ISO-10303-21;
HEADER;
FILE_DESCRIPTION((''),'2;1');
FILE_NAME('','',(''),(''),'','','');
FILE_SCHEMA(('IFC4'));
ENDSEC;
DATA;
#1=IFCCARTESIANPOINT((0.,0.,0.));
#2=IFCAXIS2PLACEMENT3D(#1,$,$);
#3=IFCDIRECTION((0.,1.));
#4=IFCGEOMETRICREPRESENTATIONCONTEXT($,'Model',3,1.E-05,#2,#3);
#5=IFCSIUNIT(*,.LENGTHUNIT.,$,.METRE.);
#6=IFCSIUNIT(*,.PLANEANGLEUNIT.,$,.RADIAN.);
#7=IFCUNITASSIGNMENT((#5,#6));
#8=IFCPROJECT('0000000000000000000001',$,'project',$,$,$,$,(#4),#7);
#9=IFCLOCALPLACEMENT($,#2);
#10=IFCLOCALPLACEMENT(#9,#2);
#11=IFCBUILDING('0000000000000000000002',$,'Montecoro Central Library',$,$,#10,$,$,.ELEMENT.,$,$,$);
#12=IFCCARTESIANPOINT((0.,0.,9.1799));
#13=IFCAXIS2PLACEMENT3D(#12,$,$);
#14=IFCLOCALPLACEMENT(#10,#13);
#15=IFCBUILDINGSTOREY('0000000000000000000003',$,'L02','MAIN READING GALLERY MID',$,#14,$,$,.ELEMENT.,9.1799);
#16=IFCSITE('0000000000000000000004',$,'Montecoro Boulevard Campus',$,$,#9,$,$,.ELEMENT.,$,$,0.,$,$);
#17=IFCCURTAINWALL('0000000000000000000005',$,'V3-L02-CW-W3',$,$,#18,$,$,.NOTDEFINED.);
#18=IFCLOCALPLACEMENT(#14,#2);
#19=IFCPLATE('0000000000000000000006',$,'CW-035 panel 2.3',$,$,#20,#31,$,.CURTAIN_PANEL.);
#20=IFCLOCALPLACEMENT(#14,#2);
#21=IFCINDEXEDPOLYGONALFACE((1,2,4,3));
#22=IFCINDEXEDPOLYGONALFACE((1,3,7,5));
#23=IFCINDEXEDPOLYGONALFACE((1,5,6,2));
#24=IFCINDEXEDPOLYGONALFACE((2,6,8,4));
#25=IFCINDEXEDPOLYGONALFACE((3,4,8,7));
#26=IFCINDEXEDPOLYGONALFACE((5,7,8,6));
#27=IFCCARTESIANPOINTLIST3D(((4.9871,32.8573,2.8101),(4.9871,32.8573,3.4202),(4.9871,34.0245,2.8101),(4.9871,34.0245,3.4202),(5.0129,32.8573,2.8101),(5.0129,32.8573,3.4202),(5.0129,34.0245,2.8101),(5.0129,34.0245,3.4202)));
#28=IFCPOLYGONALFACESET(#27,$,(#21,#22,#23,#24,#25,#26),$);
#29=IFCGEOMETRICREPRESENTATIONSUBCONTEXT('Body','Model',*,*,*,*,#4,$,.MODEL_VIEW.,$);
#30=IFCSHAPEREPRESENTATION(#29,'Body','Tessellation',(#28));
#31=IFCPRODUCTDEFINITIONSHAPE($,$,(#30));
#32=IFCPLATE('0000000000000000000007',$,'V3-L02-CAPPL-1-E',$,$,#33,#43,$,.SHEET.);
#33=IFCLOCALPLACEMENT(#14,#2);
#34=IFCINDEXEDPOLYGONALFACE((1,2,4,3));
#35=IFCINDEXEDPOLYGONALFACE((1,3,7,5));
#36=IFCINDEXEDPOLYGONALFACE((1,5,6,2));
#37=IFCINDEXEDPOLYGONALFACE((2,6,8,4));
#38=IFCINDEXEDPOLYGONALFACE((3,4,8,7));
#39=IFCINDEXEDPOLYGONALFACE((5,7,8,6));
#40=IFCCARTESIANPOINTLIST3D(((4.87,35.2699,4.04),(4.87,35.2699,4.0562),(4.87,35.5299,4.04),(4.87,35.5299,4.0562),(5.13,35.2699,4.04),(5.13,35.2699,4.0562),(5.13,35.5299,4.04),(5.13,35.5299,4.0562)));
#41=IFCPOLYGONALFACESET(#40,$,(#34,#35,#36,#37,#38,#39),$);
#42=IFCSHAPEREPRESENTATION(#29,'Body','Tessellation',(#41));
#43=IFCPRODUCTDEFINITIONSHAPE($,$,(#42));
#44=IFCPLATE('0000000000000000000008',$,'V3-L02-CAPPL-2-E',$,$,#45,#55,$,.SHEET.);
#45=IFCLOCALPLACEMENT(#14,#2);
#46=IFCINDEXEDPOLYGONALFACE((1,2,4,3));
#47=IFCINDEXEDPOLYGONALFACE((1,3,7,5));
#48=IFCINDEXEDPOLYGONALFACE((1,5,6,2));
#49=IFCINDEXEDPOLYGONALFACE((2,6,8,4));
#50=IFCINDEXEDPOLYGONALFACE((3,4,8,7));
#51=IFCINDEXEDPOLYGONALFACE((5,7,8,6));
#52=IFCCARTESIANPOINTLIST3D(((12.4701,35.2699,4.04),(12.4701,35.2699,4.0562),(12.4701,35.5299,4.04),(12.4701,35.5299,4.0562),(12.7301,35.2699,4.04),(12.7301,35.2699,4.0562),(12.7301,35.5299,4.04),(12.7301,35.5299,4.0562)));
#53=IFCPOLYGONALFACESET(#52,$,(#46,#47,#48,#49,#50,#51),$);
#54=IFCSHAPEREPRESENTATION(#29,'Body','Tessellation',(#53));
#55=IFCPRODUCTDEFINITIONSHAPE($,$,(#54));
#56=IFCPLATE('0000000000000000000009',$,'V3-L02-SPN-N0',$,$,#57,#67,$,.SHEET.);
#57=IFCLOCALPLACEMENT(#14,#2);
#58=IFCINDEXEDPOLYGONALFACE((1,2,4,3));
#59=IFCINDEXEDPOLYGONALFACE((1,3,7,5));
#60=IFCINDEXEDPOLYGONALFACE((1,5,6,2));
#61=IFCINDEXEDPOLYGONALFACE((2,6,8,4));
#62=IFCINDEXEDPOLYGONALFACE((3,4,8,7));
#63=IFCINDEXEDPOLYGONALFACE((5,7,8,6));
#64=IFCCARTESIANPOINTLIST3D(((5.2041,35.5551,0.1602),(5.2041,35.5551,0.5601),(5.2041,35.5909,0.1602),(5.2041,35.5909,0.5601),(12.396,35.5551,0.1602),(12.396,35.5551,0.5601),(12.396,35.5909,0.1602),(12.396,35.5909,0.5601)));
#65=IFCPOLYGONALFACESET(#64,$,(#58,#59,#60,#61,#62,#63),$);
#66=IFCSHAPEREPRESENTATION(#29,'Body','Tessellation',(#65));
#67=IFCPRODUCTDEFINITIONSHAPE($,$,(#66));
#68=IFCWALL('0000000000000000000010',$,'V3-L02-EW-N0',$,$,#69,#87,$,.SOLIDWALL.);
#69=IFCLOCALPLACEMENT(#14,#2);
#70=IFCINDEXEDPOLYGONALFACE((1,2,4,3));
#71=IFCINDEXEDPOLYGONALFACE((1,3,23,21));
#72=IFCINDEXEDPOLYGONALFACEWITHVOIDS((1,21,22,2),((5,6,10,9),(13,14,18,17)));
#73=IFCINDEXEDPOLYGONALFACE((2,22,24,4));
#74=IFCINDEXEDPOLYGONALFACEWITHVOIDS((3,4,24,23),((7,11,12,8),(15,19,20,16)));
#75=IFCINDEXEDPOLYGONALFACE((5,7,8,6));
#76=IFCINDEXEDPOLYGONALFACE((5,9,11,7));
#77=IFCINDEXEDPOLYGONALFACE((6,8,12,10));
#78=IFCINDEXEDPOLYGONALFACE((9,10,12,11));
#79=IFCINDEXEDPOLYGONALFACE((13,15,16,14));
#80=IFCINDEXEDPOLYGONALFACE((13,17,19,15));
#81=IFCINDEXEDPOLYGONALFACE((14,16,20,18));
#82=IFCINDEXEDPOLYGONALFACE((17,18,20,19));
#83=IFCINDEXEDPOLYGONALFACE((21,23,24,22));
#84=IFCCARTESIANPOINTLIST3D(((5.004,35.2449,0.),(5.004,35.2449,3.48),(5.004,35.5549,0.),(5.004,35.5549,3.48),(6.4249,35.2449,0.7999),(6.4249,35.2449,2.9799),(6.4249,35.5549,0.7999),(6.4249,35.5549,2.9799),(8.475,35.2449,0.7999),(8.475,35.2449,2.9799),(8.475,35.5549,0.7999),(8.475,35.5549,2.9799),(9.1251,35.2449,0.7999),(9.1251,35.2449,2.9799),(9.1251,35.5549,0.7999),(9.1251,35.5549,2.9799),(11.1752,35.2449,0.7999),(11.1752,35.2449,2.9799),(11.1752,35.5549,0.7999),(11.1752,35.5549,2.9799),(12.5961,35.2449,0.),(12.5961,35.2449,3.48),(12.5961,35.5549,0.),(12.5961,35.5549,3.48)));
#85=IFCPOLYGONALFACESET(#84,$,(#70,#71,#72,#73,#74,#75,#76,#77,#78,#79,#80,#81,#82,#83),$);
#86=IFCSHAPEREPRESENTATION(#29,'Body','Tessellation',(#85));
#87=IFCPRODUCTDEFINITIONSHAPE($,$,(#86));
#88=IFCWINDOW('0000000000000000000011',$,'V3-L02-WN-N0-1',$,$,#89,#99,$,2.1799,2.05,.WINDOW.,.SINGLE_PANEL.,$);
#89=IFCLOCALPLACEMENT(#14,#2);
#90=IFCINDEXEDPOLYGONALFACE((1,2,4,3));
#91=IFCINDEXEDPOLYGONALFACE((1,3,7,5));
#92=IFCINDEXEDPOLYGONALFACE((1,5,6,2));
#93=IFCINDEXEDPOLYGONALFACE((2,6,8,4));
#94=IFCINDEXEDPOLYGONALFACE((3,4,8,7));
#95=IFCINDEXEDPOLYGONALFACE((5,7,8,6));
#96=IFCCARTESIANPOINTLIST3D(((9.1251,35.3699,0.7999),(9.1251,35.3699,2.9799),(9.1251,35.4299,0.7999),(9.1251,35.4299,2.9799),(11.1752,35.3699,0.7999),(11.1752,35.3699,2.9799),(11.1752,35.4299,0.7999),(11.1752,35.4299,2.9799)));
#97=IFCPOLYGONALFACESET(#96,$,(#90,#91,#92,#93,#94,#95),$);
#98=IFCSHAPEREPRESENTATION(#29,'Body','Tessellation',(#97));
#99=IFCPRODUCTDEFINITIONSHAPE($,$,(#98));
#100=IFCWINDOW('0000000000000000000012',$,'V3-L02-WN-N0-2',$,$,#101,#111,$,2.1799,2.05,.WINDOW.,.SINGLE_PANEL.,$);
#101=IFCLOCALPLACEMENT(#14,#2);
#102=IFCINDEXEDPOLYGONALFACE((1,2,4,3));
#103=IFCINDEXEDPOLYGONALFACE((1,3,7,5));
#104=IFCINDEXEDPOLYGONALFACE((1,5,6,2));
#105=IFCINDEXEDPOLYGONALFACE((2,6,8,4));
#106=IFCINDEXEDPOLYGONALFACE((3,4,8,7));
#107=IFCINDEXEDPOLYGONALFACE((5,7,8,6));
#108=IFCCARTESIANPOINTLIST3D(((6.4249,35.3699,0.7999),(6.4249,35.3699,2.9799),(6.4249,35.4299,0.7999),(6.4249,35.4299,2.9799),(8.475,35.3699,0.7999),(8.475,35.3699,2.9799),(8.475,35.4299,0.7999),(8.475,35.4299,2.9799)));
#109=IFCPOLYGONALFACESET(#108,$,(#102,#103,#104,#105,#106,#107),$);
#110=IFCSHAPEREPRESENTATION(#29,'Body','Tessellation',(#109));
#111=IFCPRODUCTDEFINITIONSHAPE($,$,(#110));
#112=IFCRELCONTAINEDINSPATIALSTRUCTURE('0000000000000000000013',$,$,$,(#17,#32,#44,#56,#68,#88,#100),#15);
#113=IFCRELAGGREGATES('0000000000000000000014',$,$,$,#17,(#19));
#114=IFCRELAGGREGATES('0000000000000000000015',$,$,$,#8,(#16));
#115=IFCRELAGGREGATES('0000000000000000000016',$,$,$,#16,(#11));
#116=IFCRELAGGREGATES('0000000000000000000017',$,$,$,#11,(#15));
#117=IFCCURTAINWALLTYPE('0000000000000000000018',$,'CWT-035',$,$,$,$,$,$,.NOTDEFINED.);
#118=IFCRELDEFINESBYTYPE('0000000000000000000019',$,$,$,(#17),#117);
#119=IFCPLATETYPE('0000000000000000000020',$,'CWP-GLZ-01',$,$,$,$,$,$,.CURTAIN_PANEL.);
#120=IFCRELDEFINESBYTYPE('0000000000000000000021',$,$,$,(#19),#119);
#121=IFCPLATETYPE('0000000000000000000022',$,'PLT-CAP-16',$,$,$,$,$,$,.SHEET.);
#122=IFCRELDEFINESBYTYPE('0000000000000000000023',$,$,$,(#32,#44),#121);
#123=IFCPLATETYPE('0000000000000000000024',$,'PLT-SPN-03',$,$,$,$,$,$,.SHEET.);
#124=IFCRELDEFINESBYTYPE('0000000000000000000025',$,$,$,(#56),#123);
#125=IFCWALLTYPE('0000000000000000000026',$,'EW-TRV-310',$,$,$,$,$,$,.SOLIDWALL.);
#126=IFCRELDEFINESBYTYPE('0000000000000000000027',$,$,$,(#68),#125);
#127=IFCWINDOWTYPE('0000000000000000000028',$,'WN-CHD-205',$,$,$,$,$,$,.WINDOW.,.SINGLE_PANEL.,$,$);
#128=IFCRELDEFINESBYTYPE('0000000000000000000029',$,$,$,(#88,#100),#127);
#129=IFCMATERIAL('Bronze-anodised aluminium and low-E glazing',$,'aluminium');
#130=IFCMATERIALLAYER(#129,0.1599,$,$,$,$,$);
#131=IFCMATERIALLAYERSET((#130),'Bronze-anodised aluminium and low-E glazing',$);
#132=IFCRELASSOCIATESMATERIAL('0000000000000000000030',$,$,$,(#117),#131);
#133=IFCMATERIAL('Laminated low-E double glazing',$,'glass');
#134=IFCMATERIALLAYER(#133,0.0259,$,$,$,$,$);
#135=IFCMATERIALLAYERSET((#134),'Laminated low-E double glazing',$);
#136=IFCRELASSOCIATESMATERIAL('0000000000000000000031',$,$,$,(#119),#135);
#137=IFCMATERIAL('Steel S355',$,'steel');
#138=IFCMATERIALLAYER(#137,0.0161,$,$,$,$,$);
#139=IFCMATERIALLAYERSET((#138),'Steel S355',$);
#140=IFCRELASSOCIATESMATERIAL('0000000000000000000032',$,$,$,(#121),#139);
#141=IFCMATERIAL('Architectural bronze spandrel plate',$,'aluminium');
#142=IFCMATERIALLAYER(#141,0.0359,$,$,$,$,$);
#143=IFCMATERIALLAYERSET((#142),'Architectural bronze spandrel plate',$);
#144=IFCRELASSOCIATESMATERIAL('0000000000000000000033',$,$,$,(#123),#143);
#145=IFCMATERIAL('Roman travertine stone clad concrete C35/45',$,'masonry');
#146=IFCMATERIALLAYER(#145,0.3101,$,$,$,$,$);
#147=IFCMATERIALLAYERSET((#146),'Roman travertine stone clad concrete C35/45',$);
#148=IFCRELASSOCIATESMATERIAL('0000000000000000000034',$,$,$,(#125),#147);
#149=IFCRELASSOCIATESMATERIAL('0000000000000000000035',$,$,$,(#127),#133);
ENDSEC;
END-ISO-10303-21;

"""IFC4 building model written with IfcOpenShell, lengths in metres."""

from ifc_helpers import new_model, si_unit, direction, frame, frame_2d, origin, origin_2d, place, context, subcontext, project, spatial, rectangle, extrude, material, layer, layer_set, type_object, element, fill, aggregate, save


model = new_model("IFC4")

# Units and contexts
model_context = context("Model", 3, precision=1e-05, world=origin(), true_north=direction((0.0, 1.0)))
body_context = subcontext(model_context, "Body", "Model", "MODEL_VIEW")
ifc_project = project(units=[si_unit("LENGTHUNIT", "METRE"), si_unit("PLANEANGLEUNIT", "RADIAN")], contexts=[model_context])

# Site, building, storey
site_placement = place(None, origin())
site = spatial("IfcSite", under=ifc_project, at=site_placement, Name="Montecoro Boulevard Campus", CompositionType="ELEMENT", RefElevation=0.0)
building_placement = place(site_placement, origin())
building = spatial("IfcBuilding", under=site, at=building_placement, Name="Montecoro Central Library", CompositionType="ELEMENT")
storey_placement = place(building_placement, frame((0.0, 0.0, 9.1799)))
storey = spatial("IfcBuildingStorey", under=building, at=storey_placement, Name="L02", Description="MAIN READING GALLERY MID", CompositionType="ELEMENT", Elevation=9.1799)

# Shared definitions
ifc_material_1 = material(Name="Steel S355", Category="steel")

# Curtain wall
ifc_material_2 = material(Name="Bronze-anodised aluminium and low-E glazing", Category="aluminium")
ifc_layer_1 = layer(ifc_material_2, 0.1599)
ifc_layer_set_1 = layer_set([ifc_layer_1], Name="Bronze-anodised aluminium and low-E glazing")
curtain_wall_type = type_object("IfcCurtainWallType", Name="CWT-035", PredefinedType="NOTDEFINED", material=ifc_layer_set_1)
curtain_wall_placement = place(storey_placement, origin())
curtain_wall = element("IfcCurtainWall", 1, at=curtain_wall_placement, inside=storey, type_object=curtain_wall_type, Name="V3-L02-CW-W3", PredefinedType="NOTDEFINED")

# Plate
ifc_material_3 = material(Name="Laminated low-E double glazing", Category="glass")
ifc_layer_2 = layer(ifc_material_3, 0.0259)
ifc_layer_set_2 = layer_set([ifc_layer_2], Name="Laminated low-E double glazing")
plate_type_1 = type_object("IfcPlateType", Name="CWP-GLZ-01", PredefinedType="CURTAIN_PANEL", material=ifc_layer_set_2)
plate_1_placement = place(storey_placement, frame((5.0, 33.4409, 2.8101), z_axis=(0.0, 0.0, 1.0), x_axis=(0.0, -1.0, 0.0)))
plate_1 = element("IfcPlate", 2, at=plate_1_placement, type_object=plate_type_1, Name="CW-035 panel 2.3", PredefinedType="CURTAIN_PANEL", context=body_context, shape_type="SweptSolid", body=[
    extrude(rectangle(XDim=1.1672, YDim=0.0259, at=origin_2d()), origin(), (0.0, 0.0, 1.0), 0.6101),
])
aggregate(curtain_wall, [plate_1])

# Plates
ifc_layer_3 = layer(ifc_material_1, 0.0161)
ifc_layer_set_3 = layer_set([ifc_layer_3], Name="Steel S355")
plate_type_2 = type_object("IfcPlateType", Name="PLT-CAP-16", PredefinedType="SHEET", material=ifc_layer_set_3)
for number, where, z_axis, x_axis, name in (
    (3, (5.0, 35.3999, 4.04), (0.0, 0.0, 1.0), (1.0, 0.0, 0.0), "V3-L02-CAPPL-1-E"),
    (4, (12.6001, 35.3999, 4.04), (0.0, 0.0, 1.0), (1.0, 0.0, 0.0), "V3-L02-CAPPL-2-E"),
):
    element("IfcPlate", number, at=place(storey_placement, frame(where, z_axis=z_axis, x_axis=x_axis)), inside=storey, type_object=plate_type_2, Name=name, PredefinedType="SHEET", context=body_context, shape_type="SweptSolid", body=[
        extrude(rectangle(XDim=0.26, YDim=0.26, at=origin_2d()), origin(), (0.0, 0.0, 1.0), 0.0161),
    ])
ifc_material_4 = material(Name="Architectural bronze spandrel plate", Category="aluminium")
ifc_layer_4 = layer(ifc_material_4, 0.0359)
ifc_layer_set_4 = layer_set([ifc_layer_4], Name="Architectural bronze spandrel plate")
plate_type_3 = type_object("IfcPlateType", Name="PLT-SPN-03", PredefinedType="SHEET", material=ifc_layer_set_4)
plate_2_placement = place(storey_placement, frame((8.8, 35.573, 0.1602), z_axis=(0.0, 0.0, 1.0), x_axis=(-1.0, 0.0, 0.0)))
element("IfcPlate", 5, at=plate_2_placement, inside=storey, type_object=plate_type_3, Name="V3-L02-SPN-N0", PredefinedType="SHEET", context=body_context, shape_type="SweptSolid", body=[
    extrude(rectangle(XDim=7.1919, YDim=0.0359, at=origin_2d()), origin(), (0.0, 0.0, 1.0), 0.3999),
])

# Wall, openings, windows
ifc_material_5 = material(Name="Roman travertine stone clad concrete C35/45", Category="masonry")
ifc_layer_5 = layer(ifc_material_5, 0.3101)
ifc_layer_set_5 = layer_set([ifc_layer_5], Name="Roman travertine stone clad concrete C35/45")
wall_type = type_object("IfcWallType", Name="EW-TRV-310", PredefinedType="SOLIDWALL", material=ifc_layer_set_5)
wall_placement = place(storey_placement, frame((12.5959, 35.3999, 0.0), z_axis=(0.0, 0.0, 1.0), x_axis=(-1.0, 0.0, 0.0)))
wall = element("IfcWall", 6, at=wall_placement, inside=storey, type_object=wall_type, Name="V3-L02-EW-N0", PredefinedType="SOLIDWALL", context=body_context, shape_type="SweptSolid", body=[
    extrude(rectangle(XDim=7.592, YDim=0.3101, at=frame_2d((3.7959, 0.0))), origin(), (0.0, 0.0, 1.0), 3.48),
])
opening_1_placement = place(wall_placement, frame((1.4209, 0.0, 0.8)))
opening_1 = element("IfcOpeningElement", 7, at=opening_1_placement, cuts=wall, PredefinedType="OPENING", context=body_context, shape_type="SweptSolid", body=[
    extrude(rectangle(XDim=2.05, YDim=2.1799, at=frame_2d((1.0249, 1.0898))), frame((0.0, 0.165, 0.0), z_axis=(0.0, -1.0, 0.0), x_axis=(1.0, 0.0, 0.0)), (0.0, 0.0, 1.0), 0.3301),
])
opening_2_placement = place(wall_placement, frame((4.1211, 0.0, 0.8)))
opening_2 = element("IfcOpeningElement", 8, at=opening_2_placement, cuts=wall, PredefinedType="OPENING", context=body_context, shape_type="SweptSolid", body=[
    extrude(rectangle(XDim=2.05, YDim=2.1799, at=frame_2d((1.0249, 1.0898))), frame((0.0, 0.165, 0.0), z_axis=(0.0, -1.0, 0.0), x_axis=(1.0, 0.0, 0.0)), (0.0, 0.0, 1.0), 0.3301),
])
window_type = type_object("IfcWindowType", Name="WN-CHD-205", PartitioningType="SINGLE_PANEL", PredefinedType="WINDOW", material=ifc_material_3)
window_1_placement = place(opening_1_placement, origin())
window_1 = element("IfcWindow", 9, at=window_1_placement, inside=storey, type_object=window_type, Name="V3-L02-WN-N0-1", OverallHeight=2.1799, OverallWidth=2.05, PartitioningType="SINGLE_PANEL", PredefinedType="WINDOW", context=body_context, shape_type="SweptSolid", body=[
    extrude(rectangle(XDim=2.05, YDim=2.1799, at=frame_2d((1.0249, 1.0898))), frame((0.0, 0.03, 0.0), z_axis=(0.0, -1.0, 0.0), x_axis=(1.0, 0.0, 0.0)), (0.0, 0.0, 1.0), 0.0601),
])
fill(opening_1, window_1)
window_2_placement = place(opening_2_placement, origin())
window_2 = element("IfcWindow", 10, at=window_2_placement, inside=storey, type_object=window_type, Name="V3-L02-WN-N0-2", OverallHeight=2.1799, OverallWidth=2.05, PartitioningType="SINGLE_PANEL", PredefinedType="WINDOW", context=body_context, shape_type="SweptSolid", body=[
    extrude(rectangle(XDim=2.05, YDim=2.1799, at=frame_2d((1.0249, 1.0898))), frame((0.0, 0.03, 0.0), z_axis=(0.0, -1.0, 0.0), x_axis=(1.0, 0.0, 0.0)), (0.0, 0.0, 1.0), 0.0601),
])
fill(opening_2, window_2)

save(model, "model.ifc")
